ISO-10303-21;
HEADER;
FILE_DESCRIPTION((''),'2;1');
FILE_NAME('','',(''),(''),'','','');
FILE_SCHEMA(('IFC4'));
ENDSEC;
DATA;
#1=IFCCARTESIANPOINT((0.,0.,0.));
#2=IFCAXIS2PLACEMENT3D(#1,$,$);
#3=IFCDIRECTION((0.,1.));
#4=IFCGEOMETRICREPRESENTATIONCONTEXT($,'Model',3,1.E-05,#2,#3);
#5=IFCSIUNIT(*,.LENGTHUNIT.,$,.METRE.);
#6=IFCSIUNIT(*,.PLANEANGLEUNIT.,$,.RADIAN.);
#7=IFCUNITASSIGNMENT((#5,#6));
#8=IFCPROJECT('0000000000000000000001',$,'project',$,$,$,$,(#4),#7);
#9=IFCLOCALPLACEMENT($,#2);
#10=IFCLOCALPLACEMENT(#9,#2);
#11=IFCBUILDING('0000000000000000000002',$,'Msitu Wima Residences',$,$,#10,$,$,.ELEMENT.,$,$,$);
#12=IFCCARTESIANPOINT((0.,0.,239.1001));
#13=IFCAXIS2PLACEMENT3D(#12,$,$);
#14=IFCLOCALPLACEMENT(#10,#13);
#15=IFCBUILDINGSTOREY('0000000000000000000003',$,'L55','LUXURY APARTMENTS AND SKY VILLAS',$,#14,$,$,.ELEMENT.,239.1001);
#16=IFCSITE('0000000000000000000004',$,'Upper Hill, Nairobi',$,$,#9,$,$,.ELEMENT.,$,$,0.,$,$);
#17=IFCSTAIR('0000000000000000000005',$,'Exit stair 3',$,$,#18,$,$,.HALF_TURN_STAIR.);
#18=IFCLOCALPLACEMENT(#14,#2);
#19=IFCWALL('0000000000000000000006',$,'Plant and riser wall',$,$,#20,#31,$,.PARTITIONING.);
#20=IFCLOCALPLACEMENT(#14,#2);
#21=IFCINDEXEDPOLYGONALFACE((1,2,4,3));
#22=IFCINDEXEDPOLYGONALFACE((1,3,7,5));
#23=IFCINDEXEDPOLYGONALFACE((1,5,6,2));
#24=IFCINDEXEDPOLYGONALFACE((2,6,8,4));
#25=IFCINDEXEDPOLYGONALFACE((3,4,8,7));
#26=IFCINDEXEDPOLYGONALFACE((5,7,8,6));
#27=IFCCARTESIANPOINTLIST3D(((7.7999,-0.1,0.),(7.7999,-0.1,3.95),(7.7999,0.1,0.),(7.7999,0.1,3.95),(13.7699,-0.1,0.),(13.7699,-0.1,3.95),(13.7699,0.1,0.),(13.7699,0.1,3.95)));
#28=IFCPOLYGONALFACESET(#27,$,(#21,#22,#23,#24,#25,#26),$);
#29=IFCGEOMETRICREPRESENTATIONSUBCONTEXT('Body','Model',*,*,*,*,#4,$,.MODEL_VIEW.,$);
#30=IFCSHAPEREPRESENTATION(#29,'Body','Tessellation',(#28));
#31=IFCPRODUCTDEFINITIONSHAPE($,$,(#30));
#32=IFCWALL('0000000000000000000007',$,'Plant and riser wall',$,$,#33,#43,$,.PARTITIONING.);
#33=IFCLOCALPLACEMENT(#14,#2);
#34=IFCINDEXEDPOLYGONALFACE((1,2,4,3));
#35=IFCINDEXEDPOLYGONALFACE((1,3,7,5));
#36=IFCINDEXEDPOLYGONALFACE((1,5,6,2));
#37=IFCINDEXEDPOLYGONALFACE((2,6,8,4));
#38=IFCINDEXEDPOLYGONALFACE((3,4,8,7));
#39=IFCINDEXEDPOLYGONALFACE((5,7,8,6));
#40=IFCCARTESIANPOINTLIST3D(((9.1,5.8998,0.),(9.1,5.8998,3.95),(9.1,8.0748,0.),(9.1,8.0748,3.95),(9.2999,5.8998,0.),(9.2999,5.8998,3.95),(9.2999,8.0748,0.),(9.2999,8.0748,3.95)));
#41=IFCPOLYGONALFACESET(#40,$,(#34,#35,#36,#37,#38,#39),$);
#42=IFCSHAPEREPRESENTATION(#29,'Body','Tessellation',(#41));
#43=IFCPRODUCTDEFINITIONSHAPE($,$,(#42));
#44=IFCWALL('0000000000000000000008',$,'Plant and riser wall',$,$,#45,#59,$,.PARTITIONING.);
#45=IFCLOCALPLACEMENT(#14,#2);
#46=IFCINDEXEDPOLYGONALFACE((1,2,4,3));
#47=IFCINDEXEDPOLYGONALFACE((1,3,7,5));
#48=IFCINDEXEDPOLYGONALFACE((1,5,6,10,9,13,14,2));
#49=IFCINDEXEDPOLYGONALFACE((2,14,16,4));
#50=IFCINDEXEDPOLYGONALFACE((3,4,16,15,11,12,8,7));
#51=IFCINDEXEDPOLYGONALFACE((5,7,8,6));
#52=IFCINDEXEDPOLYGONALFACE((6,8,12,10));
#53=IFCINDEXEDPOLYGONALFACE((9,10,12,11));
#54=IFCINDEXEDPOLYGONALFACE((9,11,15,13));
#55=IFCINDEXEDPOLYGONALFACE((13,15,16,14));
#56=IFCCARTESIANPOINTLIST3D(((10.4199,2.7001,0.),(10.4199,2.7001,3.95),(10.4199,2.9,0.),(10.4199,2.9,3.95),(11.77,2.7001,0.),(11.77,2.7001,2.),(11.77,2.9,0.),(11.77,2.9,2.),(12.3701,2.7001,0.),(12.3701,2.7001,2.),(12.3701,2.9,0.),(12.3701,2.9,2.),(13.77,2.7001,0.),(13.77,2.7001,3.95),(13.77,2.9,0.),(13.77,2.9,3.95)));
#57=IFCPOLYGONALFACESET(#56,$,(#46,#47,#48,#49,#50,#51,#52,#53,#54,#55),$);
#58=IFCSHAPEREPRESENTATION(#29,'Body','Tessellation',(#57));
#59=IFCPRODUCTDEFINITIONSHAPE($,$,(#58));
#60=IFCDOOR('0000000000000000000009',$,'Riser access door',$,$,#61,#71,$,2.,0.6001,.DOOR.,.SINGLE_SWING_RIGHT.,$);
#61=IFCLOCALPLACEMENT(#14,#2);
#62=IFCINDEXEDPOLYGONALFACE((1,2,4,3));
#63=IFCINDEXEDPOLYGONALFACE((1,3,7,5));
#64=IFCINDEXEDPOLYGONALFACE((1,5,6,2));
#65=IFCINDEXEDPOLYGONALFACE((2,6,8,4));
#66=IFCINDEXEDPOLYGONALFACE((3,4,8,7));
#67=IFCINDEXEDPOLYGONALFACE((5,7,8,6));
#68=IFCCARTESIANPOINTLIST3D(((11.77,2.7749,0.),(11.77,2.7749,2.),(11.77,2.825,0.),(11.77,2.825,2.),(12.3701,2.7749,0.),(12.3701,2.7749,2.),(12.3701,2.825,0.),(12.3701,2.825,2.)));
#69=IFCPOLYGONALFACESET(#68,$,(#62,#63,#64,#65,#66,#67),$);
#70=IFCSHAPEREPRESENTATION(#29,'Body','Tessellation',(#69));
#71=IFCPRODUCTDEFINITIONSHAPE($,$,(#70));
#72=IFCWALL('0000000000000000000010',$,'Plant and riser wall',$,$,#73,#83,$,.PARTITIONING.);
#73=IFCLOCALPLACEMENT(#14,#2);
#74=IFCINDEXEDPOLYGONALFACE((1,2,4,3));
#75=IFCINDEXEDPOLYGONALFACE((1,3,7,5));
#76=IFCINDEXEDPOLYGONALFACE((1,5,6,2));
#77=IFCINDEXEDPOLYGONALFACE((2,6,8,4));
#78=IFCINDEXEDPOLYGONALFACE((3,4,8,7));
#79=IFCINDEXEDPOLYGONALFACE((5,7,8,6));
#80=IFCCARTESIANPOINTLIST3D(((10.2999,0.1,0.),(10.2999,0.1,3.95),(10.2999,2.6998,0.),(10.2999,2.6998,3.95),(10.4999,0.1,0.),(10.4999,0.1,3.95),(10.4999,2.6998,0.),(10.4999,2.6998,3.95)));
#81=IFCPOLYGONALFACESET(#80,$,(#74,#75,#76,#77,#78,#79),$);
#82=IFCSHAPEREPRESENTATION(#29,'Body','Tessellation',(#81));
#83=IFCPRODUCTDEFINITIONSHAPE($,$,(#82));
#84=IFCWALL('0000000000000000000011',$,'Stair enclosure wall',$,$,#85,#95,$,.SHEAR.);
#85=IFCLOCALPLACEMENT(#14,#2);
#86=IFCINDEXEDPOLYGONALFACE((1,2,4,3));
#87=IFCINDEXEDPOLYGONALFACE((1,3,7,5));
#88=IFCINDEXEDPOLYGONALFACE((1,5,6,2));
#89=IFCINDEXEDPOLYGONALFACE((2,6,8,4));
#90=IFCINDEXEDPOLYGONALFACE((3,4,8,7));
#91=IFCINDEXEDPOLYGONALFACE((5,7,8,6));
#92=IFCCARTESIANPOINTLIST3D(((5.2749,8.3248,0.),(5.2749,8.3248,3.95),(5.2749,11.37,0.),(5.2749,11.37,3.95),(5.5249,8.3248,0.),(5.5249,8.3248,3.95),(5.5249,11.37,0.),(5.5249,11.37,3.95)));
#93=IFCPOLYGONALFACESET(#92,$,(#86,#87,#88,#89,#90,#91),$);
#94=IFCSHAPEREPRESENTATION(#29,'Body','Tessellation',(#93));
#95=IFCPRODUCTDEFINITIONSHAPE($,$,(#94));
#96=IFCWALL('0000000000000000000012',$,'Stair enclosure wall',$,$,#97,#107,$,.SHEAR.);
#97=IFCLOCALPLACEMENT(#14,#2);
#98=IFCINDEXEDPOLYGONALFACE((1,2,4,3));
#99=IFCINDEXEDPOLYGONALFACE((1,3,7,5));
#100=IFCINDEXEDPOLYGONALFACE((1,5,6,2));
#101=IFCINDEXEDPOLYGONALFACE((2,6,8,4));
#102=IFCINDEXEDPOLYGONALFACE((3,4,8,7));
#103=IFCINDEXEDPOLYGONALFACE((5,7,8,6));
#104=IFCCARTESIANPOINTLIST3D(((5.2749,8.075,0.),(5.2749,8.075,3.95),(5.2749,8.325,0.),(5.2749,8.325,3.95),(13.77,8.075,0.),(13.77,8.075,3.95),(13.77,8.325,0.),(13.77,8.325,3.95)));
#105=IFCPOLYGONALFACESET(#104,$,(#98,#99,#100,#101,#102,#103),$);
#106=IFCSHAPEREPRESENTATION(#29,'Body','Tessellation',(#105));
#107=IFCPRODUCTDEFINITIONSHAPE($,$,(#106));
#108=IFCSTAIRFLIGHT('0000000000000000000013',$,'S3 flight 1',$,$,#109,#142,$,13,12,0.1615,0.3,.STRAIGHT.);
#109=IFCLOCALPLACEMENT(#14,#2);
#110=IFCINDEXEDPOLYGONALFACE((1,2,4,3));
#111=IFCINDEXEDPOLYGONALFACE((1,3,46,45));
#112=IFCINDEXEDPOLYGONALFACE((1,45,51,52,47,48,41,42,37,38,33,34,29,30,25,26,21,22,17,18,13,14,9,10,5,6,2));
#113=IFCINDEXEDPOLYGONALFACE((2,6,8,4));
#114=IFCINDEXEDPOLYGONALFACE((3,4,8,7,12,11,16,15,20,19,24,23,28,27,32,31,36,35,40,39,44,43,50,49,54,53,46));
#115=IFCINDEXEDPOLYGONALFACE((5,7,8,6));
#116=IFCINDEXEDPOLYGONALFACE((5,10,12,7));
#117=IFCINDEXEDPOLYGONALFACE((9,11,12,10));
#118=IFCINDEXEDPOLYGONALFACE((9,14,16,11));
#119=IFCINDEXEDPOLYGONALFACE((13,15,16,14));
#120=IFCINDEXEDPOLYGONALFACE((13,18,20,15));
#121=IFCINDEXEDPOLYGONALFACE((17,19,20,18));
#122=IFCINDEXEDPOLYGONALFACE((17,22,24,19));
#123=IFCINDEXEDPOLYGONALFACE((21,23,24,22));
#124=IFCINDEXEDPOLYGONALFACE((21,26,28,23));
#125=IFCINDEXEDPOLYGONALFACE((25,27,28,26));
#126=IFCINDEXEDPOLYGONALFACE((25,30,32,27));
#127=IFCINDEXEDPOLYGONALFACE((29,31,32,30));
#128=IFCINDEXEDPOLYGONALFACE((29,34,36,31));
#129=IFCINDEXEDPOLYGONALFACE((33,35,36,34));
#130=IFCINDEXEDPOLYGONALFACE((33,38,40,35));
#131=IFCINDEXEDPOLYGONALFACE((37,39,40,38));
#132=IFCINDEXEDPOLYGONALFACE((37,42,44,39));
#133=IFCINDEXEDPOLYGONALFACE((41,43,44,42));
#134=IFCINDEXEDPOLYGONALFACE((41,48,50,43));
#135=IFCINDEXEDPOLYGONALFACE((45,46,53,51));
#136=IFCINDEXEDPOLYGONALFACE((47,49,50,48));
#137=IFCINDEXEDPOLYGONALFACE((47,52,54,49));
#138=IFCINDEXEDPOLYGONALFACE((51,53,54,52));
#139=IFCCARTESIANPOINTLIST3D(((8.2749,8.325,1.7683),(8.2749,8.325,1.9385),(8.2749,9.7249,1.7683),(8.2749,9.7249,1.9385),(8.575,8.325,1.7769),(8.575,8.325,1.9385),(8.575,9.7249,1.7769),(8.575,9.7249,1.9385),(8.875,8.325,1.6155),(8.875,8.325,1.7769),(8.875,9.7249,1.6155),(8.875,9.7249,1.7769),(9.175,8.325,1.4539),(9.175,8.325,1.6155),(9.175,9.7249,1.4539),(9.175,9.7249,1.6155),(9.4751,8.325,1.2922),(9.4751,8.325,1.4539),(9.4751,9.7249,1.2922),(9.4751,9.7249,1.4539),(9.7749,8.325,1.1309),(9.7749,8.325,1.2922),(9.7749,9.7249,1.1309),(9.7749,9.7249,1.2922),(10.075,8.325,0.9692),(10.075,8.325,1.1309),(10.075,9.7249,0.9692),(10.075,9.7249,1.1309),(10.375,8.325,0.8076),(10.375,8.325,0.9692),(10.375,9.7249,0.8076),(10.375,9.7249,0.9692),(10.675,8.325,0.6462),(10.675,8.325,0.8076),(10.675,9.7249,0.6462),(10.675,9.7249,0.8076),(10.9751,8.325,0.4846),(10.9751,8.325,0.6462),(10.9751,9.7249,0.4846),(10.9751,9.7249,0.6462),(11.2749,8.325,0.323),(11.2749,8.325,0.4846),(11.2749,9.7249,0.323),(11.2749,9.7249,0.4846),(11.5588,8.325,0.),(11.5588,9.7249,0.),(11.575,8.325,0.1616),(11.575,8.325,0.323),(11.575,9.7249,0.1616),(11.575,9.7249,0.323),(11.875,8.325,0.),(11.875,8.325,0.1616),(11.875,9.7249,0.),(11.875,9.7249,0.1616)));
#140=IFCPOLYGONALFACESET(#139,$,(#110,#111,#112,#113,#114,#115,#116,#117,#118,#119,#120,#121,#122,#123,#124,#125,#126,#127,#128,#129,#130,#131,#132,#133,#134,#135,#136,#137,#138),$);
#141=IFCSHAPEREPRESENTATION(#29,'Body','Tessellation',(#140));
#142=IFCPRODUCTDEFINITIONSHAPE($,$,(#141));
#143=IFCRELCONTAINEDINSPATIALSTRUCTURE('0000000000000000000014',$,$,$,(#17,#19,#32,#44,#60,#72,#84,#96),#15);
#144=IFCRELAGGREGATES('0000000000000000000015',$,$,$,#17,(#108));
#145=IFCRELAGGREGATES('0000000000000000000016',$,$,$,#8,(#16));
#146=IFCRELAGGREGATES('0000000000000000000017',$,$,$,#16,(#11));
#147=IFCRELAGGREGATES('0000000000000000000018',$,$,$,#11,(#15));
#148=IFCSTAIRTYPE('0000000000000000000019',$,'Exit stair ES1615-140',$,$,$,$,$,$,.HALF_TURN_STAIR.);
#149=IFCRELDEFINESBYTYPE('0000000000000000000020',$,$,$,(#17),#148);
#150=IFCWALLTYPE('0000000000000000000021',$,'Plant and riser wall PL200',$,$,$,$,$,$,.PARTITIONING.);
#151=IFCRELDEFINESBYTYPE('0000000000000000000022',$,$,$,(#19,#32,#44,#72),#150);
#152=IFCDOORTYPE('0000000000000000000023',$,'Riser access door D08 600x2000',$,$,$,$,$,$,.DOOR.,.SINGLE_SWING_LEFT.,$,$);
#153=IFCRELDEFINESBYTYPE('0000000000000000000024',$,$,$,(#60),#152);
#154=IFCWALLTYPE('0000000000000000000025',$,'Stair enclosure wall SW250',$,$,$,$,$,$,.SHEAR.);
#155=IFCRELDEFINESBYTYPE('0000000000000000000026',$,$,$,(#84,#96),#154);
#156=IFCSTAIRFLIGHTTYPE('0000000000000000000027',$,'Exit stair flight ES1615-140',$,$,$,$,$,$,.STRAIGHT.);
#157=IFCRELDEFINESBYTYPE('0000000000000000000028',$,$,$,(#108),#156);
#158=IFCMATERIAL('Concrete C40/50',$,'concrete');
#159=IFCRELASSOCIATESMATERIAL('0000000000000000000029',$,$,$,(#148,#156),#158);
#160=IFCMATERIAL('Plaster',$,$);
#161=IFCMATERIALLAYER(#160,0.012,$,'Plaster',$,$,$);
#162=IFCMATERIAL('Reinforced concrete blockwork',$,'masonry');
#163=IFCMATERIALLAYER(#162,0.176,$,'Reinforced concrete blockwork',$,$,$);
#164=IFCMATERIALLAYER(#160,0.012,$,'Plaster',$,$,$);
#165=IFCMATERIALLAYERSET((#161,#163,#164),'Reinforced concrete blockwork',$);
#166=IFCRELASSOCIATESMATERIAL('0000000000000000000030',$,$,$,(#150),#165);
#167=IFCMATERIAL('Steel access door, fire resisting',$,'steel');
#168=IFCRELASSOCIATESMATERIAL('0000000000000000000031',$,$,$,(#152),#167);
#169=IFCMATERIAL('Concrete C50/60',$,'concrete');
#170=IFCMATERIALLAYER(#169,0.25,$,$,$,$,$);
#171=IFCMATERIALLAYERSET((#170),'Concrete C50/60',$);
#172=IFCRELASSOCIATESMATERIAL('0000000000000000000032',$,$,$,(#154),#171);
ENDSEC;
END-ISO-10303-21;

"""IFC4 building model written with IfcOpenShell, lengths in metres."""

from ifc_helpers import new_model, si_unit, direction, frame, frame_2d, origin, place, context, subcontext, project, spatial, polyline, rectangle, outline, extrude, material, layer, layer_set, type_object, element, fill, aggregate, save


model = new_model("IFC4")

# Units and contexts
model_context = context("Model", 3, precision=1e-05, world=origin(), true_north=direction((0.0, 1.0)))
body_context = subcontext(model_context, "Body", "Model", "MODEL_VIEW")
ifc_project = project(units=[si_unit("LENGTHUNIT", "METRE"), si_unit("PLANEANGLEUNIT", "RADIAN")], contexts=[model_context])

# Site, building, storey
site_placement = place(None, origin())
site = spatial("IfcSite", under=ifc_project, at=site_placement, Name="Upper Hill, Nairobi", CompositionType="ELEMENT", RefElevation=0.0)
building_placement = place(site_placement, origin())
building = spatial("IfcBuilding", under=site, at=building_placement, Name="Msitu Wima Residences", CompositionType="ELEMENT")
storey_placement = place(building_placement, frame((0.0, 0.0, 239.1001)))
storey = spatial("IfcBuildingStorey", under=building, at=storey_placement, Name="L55", Description="LUXURY APARTMENTS AND SKY VILLAS", CompositionType="ELEMENT", Elevation=239.1001)

# Shared definitions
ifc_material_1 = material(Name="Concrete C40/50", Category="concrete")

# Stair
stair_type = type_object("IfcStairType", Name="Exit stair ES1615-140", PredefinedType="HALF_TURN_STAIR", material=ifc_material_1)
stair_1_placement = place(storey_placement, origin())
stair_1 = element("IfcStair", 1, at=stair_1_placement, inside=storey, type_object=stair_type, Name="Exit stair 3", PredefinedType="HALF_TURN_STAIR")

# Shared definitions
ifc_material_2 = material(Name="Plaster")

# Shared definitions
ifc_layer_1 = layer(ifc_material_2, 0.012, Name="Plaster")
ifc_material_3 = material(Name="Reinforced concrete blockwork", Category="masonry")
ifc_layer_2 = layer(ifc_material_3, 0.176, Name="Reinforced concrete blockwork")
ifc_layer_3 = layer(ifc_material_2, 0.012, Name="Plaster")
ifc_layer_set_1 = layer_set([ifc_layer_1, ifc_layer_2, ifc_layer_3], Name="Reinforced concrete blockwork")
wall_type_1 = type_object("IfcWallType", Name="Plant and riser wall PL200", PredefinedType="PARTITIONING", material=ifc_layer_set_1)

# Walls
wall_1_placement = place(storey_placement, frame((7.8, 0.0, 0.0), z_axis=(0.0, 0.0, 1.0), x_axis=(1.0, 0.0, 0.0)))
element("IfcWall", 2, at=wall_1_placement, inside=storey, type_object=wall_type_1, Name="Plant and riser wall", PredefinedType="PARTITIONING", context=body_context, shape_type="SweptSolid", body=[
    extrude(rectangle(XDim=5.97, YDim=0.2, at=frame_2d((2.9849, 0.0))), origin(), (0.0, 0.0, 1.0), 3.95),
])
wall_2_placement = place(storey_placement, frame((9.2, 5.8999, 0.0), z_axis=(0.0, 0.0, 1.0), x_axis=(0.0, 1.0, 0.0)))
element("IfcWall", 3, at=wall_2_placement, inside=storey, type_object=wall_type_1, Name="Plant and riser wall", PredefinedType="PARTITIONING", context=body_context, shape_type="SweptSolid", body=[
    extrude(rectangle(XDim=2.175, YDim=0.2, at=frame_2d((1.0874, 0.0))), origin(), (0.0, 0.0, 1.0), 3.95),
])

# Wall, opening, door
wall_3_placement = place(storey_placement, frame((10.4199, 2.8, 0.0), z_axis=(0.0, 0.0, 1.0), x_axis=(1.0, 0.0, 0.0)))
wall_3 = element("IfcWall", 4, at=wall_3_placement, inside=storey, type_object=wall_type_1, Name="Plant and riser wall", PredefinedType="PARTITIONING", context=body_context, shape_type="SweptSolid", body=[
    extrude(rectangle(XDim=3.3501, YDim=0.2, at=frame_2d((1.675, 0.0))), origin(), (0.0, 0.0, 1.0), 3.95),
])
opening_1_placement = place(wall_3_placement, frame((1.3501, 0.0, 0.0)))
opening_1 = element("IfcOpeningElement", 5, at=opening_1_placement, cuts=wall_3, PredefinedType="OPENING", context=body_context, shape_type="SweptSolid", body=[
    extrude(rectangle(XDim=0.6001, YDim=2.0, at=frame_2d((0.3, 1.0))), frame((0.0, 0.1099, 0.0), z_axis=(0.0, -1.0, 0.0), x_axis=(1.0, 0.0, 0.0)), (0.0, 0.0, 1.0), 0.22),
])
ifc_material_4 = material(Name="Steel access door, fire resisting", Category="steel")
door_type_1 = type_object("IfcDoorType", Name="Riser access door D08 600x2000", OperationType="SINGLE_SWING_LEFT", PredefinedType="DOOR", material=ifc_material_4)
door_1_placement = place(opening_1_placement, origin())
door_1 = element("IfcDoor", 6, at=door_1_placement, inside=storey, type_object=door_type_1, Name="Riser access door", OperationType="SINGLE_SWING_RIGHT", OverallHeight=2.0, OverallWidth=0.6001, PredefinedType="DOOR", context=body_context, shape_type="SweptSolid", body=[
    extrude(rectangle(XDim=0.6001, YDim=2.0, at=frame_2d((0.3, 1.0))), frame((0.0, 0.0249, 0.0), z_axis=(0.0, -1.0, 0.0), x_axis=(1.0, 0.0, 0.0)), (0.0, 0.0, 1.0), 0.05),
])
fill(opening_1, door_1)

# Walls
wall_4_placement = place(storey_placement, frame((10.3999, 0.1001, 0.0), z_axis=(0.0, 0.0, 1.0), x_axis=(0.0, 1.0, 0.0)))
element("IfcWall", 7, at=wall_4_placement, inside=storey, type_object=wall_type_1, Name="Plant and riser wall", PredefinedType="PARTITIONING", context=body_context, shape_type="SweptSolid", body=[
    extrude(rectangle(XDim=2.5999, YDim=0.2, at=frame_2d((1.2998, 0.0))), origin(), (0.0, 0.0, 1.0), 3.95),
])
ifc_material_5 = material(Name="Concrete C50/60", Category="concrete")
ifc_layer_4 = layer(ifc_material_5, 0.25)
ifc_layer_set_2 = layer_set([ifc_layer_4], Name="Concrete C50/60")
wall_type_2 = type_object("IfcWallType", Name="Stair enclosure wall SW250", PredefinedType="SHEAR", material=ifc_layer_set_2)
wall_5_placement = place(storey_placement, frame((5.3999, 8.325, 0.0), z_axis=(0.0, 0.0, 1.0), x_axis=(0.0, 1.0, 0.0)))
element("IfcWall", 8, at=wall_5_placement, inside=storey, type_object=wall_type_2, Name="Stair enclosure wall", PredefinedType="SHEAR", context=body_context, shape_type="SweptSolid", body=[
    extrude(rectangle(XDim=3.0452, YDim=0.25, at=frame_2d((1.5225, 0.0))), origin(), (0.0, 0.0, 1.0), 3.95),
])
wall_6_placement = place(storey_placement, frame((5.2749, 8.2, 0.0), z_axis=(0.0, 0.0, 1.0), x_axis=(1.0, 0.0, 0.0)))
element("IfcWall", 9, at=wall_6_placement, inside=storey, type_object=wall_type_2, Name="Stair enclosure wall", PredefinedType="SHEAR", context=body_context, shape_type="SweptSolid", body=[
    extrude(rectangle(XDim=8.4951, YDim=0.25, at=frame_2d((4.2476, 0.0))), origin(), (0.0, 0.0, 1.0), 3.95),
])

# Stair flight
stair_flight_type = type_object("IfcStairFlightType", Name="Exit stair flight ES1615-140", PredefinedType="STRAIGHT", material=ifc_material_1)
stair_flight_placement = place(storey_placement, frame((11.875, 9.0249, 0.0), z_axis=(0.0, 0.0, 1.0), x_axis=(-1.0, 0.0, 0.0)))
stair_flight = element("IfcStairFlight", 10, at=stair_flight_placement, type_object=stair_flight_type, Name="S3 flight 1", NumberOfRisers=13, NumberOfTreads=12, PredefinedType="STRAIGHT", RiserHeight=0.1615, TreadLength=0.3, context=body_context, shape_type="SweptSolid", body=[
    extrude(outline(polyline([(0.0, 0.0), (0.0, 0.1616), (0.3, 0.1616), (0.3, 0.323), (0.6001, 0.323), (0.6001, 0.4846), (0.8999, 0.4846), (0.8999, 0.6462), (1.2, 0.6462), (1.2, 0.8076), (1.5, 0.8076), (1.5, 0.9692), (1.8, 0.9692), (1.8, 1.1309), (2.1001, 1.1309), (2.1001, 1.2922), (2.3999, 1.2922), (2.3999, 1.4539), (2.7, 1.4539), (2.7, 1.6155), (3.0, 1.6155), (3.0, 1.7769), (3.3, 1.7769), (3.3, 1.9385), (3.6001, 1.9385), (3.6001, 2.1001), (3.6001, 1.7683), (0.3162, 0.0), (0.0, 0.0)])), frame((0.0, 0.7, 0.0), z_axis=(0.0, -1.0, 0.0), x_axis=(1.0, 0.0, 0.0)), (0.0, 0.0, 1.0), 1.3999),
])
aggregate(stair_1, [stair_flight])

save(model, "model.ifc")
